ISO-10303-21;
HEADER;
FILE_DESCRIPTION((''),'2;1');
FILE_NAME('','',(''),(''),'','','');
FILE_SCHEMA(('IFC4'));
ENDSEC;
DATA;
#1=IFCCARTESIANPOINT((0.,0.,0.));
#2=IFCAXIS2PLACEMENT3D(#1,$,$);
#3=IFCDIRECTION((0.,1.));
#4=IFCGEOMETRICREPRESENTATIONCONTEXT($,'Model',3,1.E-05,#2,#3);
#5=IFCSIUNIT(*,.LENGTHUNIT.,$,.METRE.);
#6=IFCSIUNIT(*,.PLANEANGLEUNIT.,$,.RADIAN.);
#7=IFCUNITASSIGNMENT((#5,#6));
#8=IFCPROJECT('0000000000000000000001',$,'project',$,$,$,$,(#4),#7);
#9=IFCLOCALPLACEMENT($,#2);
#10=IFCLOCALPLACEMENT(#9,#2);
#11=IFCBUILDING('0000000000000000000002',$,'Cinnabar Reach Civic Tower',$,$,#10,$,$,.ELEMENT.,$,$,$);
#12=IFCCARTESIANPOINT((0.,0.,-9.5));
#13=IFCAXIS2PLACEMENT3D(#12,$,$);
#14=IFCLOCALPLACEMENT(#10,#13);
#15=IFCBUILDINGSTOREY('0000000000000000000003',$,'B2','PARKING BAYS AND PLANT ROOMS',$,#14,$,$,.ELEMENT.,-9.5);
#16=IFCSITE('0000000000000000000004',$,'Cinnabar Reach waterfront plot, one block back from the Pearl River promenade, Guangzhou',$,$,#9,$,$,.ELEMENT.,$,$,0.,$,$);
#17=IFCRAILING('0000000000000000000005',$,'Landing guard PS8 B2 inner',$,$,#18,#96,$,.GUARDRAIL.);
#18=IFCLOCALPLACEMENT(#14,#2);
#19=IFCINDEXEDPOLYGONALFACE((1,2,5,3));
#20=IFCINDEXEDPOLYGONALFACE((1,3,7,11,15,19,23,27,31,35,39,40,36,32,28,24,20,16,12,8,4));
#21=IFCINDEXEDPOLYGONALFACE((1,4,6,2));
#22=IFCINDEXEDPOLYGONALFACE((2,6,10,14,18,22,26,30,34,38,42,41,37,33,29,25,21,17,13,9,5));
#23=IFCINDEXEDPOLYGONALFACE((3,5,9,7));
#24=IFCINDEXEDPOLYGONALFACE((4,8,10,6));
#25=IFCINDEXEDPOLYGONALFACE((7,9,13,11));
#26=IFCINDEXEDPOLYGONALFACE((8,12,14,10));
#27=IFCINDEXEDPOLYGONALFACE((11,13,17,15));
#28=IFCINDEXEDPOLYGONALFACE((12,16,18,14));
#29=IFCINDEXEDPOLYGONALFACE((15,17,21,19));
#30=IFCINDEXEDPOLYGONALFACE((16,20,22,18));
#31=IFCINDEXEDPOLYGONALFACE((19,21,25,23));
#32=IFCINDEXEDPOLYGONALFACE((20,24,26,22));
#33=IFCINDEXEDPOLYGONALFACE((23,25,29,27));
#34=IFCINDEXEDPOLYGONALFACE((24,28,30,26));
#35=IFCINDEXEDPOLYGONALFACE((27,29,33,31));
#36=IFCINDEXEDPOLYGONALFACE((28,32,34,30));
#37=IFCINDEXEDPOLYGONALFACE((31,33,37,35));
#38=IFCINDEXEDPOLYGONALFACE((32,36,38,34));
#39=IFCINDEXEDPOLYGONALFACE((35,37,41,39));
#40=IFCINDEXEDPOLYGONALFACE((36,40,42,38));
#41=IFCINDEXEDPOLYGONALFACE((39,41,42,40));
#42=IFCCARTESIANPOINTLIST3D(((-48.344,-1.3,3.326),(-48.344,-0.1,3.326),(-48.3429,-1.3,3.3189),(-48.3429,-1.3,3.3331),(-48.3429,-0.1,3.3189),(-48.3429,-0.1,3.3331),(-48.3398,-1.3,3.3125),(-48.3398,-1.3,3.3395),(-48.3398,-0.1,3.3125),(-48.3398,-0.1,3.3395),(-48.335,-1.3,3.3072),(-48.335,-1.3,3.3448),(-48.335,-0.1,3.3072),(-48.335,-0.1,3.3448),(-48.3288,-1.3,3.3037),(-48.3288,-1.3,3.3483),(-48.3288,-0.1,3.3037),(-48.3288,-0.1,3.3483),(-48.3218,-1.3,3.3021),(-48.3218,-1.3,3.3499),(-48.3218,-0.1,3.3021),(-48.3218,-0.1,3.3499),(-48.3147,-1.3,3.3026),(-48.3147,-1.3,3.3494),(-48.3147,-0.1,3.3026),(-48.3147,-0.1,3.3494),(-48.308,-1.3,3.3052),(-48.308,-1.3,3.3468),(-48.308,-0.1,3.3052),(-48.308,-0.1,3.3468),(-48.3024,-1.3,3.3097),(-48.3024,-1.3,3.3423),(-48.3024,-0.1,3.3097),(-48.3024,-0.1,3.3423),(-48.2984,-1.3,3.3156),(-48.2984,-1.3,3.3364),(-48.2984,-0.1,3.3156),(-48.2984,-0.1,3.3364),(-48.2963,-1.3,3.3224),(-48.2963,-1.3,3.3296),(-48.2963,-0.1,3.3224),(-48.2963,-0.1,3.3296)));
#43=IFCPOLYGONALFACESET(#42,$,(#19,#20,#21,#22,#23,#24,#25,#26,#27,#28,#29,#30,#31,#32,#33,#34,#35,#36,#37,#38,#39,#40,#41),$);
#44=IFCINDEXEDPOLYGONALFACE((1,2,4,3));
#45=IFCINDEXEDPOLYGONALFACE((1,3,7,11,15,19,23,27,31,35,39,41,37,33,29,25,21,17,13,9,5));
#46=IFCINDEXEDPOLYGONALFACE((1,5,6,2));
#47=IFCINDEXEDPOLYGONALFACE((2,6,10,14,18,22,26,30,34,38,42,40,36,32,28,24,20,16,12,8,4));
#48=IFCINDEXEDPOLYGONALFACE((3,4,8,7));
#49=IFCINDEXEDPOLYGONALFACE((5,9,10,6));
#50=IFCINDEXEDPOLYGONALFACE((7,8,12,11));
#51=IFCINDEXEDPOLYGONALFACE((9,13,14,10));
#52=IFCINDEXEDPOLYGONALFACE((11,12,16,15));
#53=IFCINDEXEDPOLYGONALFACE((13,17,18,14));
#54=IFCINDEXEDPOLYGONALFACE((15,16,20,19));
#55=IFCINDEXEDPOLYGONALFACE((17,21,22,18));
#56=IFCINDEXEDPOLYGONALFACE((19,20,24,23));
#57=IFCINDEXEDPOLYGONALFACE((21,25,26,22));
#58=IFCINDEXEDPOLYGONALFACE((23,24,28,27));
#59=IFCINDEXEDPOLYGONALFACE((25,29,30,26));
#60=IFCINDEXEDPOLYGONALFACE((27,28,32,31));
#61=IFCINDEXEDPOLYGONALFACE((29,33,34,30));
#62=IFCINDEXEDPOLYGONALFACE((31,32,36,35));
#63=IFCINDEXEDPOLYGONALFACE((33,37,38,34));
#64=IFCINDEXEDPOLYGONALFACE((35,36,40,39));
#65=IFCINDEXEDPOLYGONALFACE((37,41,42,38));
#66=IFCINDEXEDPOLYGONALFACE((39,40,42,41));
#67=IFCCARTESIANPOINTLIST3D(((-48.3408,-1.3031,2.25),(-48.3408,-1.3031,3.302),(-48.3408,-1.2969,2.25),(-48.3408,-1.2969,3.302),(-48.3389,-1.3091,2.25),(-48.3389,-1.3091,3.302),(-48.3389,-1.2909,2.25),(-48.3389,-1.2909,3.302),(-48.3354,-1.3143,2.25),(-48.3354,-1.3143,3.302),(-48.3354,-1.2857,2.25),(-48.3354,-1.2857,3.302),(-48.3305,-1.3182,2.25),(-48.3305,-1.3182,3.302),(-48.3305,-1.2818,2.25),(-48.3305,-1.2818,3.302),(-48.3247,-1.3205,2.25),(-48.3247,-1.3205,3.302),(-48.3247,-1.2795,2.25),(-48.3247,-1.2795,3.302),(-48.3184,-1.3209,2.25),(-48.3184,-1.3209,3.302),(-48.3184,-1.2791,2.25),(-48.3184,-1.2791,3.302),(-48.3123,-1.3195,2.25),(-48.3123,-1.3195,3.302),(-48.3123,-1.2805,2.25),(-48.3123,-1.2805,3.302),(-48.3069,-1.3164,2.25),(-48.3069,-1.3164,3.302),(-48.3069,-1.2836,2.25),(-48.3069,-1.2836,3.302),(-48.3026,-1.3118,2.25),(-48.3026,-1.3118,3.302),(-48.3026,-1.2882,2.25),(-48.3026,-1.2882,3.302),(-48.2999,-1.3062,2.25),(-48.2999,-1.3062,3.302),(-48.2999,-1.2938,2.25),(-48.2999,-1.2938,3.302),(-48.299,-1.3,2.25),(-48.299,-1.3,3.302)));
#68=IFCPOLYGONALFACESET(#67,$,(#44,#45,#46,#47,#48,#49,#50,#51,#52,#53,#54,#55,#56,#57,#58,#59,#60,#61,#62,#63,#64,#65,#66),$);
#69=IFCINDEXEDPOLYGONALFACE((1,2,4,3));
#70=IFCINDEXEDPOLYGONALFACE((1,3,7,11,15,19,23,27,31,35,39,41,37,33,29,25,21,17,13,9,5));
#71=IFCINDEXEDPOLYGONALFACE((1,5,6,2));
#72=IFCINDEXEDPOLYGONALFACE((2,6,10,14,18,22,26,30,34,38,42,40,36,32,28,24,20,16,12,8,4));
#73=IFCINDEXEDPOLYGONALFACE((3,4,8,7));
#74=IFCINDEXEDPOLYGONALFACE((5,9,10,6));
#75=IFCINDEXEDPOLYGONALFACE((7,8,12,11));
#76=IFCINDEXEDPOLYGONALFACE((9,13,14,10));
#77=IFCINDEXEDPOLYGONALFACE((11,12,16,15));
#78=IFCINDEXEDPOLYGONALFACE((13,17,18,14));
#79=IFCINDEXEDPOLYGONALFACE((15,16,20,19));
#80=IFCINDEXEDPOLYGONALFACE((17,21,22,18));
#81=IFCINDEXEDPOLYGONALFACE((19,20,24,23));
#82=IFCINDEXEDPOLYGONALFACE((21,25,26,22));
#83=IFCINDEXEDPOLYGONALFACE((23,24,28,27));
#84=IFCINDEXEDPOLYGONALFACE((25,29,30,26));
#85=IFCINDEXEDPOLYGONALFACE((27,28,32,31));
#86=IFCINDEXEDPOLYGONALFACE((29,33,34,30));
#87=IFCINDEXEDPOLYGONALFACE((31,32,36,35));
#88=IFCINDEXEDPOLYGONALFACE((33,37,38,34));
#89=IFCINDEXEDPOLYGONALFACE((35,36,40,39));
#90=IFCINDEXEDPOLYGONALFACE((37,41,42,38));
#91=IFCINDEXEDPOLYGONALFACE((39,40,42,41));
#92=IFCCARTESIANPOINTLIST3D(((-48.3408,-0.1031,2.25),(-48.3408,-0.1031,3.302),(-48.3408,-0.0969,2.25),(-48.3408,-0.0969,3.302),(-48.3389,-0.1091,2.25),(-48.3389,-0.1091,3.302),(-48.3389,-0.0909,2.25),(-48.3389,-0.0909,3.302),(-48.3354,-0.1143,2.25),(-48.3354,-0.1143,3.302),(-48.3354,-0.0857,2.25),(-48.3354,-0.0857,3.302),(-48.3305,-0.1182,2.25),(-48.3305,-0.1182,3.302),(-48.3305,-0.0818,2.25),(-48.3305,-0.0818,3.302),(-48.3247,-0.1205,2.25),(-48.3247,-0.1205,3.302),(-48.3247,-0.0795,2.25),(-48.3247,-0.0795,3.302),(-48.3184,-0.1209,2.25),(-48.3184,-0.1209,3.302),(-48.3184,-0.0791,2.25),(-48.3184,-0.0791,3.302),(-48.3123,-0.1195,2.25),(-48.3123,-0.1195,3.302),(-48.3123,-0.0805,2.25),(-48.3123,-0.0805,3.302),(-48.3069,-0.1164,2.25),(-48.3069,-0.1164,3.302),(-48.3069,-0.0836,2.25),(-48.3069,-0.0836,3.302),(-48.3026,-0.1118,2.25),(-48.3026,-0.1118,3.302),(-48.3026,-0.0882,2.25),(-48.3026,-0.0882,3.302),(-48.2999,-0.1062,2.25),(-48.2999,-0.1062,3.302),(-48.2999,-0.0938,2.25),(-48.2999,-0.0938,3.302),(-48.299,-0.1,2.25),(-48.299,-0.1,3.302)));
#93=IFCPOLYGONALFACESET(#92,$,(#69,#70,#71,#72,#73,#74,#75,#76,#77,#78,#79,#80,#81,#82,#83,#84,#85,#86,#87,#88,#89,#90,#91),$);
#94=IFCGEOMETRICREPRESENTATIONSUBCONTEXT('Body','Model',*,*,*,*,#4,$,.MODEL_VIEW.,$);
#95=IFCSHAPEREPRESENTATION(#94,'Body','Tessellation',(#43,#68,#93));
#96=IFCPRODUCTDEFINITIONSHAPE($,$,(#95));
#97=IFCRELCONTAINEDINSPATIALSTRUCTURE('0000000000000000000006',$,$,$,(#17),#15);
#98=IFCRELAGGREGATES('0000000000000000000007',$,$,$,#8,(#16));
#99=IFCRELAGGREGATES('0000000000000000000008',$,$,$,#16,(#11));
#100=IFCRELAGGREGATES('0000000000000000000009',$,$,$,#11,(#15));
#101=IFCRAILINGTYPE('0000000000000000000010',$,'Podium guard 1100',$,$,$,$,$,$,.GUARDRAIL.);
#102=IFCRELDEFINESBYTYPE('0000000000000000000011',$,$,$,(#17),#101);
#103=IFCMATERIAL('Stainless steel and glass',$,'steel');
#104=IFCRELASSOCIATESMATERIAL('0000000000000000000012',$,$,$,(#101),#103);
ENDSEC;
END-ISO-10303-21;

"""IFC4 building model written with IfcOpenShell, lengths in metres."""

from ifc_helpers import new_model, si_unit, direction, frame, origin, origin_2d, place, context, subcontext, project, spatial, circle, extrude, material, type_object, element, save


model = new_model("IFC4")

# Units and contexts
model_context = context("Model", 3, precision=1e-05, world=origin(), true_north=direction((0.0, 1.0)))
body_context = subcontext(model_context, "Body", "Model", "MODEL_VIEW")
ifc_project = project(units=[si_unit("LENGTHUNIT", "METRE"), si_unit("PLANEANGLEUNIT", "RADIAN")], contexts=[model_context])

# Site, building, storey
site_placement = place(None, origin())
site = spatial("IfcSite", under=ifc_project, at=site_placement, Name="Cinnabar Reach waterfront plot, one block back from the Pearl River promenade, Guangzhou", CompositionType="ELEMENT", RefElevation=0.0)
building_placement = place(site_placement, origin())
building = spatial("IfcBuilding", under=site, at=building_placement, Name="Cinnabar Reach Civic Tower", CompositionType="ELEMENT")
storey_placement = place(building_placement, frame((0.0, 0.0, -9.5)))
storey = spatial("IfcBuildingStorey", under=building, at=storey_placement, Name="B2", Description="PARKING BAYS AND PLANT ROOMS", CompositionType="ELEMENT", Elevation=-9.5)

# Railing
ifc_material_1 = material(Name="Stainless steel and glass", Category="steel")
railing_type_1 = type_object("IfcRailingType", Name="Podium guard 1100", PredefinedType="GUARDRAIL", material=ifc_material_1)
railing_1_placement = place(storey_placement, frame((-48.32, -1.3, 2.25)))
element("IfcRailing", 1, at=railing_1_placement, inside=storey, type_object=railing_type_1, Name="Landing guard PS8 B2 inner", PredefinedType="GUARDRAIL", context=body_context, shape_type="SweptSolid", body=[
    extrude(circle(Radius=0.024, at=origin_2d()), frame((0.0, 0.0, 1.076), z_axis=(0.0, 1.0, 0.0), x_axis=(-1.0, 0.0, 0.0)), (0.0, 0.0, 1.0), 1.2),
    extrude(circle(Radius=0.021, at=origin_2d()), origin(), (0.0, 0.0, 1.0), 1.052),
    extrude(circle(Radius=0.021, at=origin_2d()), frame((0.0, 1.2, 0.0)), (0.0, 0.0, 1.0), 1.052),
])

save(model, "model.ifc")
